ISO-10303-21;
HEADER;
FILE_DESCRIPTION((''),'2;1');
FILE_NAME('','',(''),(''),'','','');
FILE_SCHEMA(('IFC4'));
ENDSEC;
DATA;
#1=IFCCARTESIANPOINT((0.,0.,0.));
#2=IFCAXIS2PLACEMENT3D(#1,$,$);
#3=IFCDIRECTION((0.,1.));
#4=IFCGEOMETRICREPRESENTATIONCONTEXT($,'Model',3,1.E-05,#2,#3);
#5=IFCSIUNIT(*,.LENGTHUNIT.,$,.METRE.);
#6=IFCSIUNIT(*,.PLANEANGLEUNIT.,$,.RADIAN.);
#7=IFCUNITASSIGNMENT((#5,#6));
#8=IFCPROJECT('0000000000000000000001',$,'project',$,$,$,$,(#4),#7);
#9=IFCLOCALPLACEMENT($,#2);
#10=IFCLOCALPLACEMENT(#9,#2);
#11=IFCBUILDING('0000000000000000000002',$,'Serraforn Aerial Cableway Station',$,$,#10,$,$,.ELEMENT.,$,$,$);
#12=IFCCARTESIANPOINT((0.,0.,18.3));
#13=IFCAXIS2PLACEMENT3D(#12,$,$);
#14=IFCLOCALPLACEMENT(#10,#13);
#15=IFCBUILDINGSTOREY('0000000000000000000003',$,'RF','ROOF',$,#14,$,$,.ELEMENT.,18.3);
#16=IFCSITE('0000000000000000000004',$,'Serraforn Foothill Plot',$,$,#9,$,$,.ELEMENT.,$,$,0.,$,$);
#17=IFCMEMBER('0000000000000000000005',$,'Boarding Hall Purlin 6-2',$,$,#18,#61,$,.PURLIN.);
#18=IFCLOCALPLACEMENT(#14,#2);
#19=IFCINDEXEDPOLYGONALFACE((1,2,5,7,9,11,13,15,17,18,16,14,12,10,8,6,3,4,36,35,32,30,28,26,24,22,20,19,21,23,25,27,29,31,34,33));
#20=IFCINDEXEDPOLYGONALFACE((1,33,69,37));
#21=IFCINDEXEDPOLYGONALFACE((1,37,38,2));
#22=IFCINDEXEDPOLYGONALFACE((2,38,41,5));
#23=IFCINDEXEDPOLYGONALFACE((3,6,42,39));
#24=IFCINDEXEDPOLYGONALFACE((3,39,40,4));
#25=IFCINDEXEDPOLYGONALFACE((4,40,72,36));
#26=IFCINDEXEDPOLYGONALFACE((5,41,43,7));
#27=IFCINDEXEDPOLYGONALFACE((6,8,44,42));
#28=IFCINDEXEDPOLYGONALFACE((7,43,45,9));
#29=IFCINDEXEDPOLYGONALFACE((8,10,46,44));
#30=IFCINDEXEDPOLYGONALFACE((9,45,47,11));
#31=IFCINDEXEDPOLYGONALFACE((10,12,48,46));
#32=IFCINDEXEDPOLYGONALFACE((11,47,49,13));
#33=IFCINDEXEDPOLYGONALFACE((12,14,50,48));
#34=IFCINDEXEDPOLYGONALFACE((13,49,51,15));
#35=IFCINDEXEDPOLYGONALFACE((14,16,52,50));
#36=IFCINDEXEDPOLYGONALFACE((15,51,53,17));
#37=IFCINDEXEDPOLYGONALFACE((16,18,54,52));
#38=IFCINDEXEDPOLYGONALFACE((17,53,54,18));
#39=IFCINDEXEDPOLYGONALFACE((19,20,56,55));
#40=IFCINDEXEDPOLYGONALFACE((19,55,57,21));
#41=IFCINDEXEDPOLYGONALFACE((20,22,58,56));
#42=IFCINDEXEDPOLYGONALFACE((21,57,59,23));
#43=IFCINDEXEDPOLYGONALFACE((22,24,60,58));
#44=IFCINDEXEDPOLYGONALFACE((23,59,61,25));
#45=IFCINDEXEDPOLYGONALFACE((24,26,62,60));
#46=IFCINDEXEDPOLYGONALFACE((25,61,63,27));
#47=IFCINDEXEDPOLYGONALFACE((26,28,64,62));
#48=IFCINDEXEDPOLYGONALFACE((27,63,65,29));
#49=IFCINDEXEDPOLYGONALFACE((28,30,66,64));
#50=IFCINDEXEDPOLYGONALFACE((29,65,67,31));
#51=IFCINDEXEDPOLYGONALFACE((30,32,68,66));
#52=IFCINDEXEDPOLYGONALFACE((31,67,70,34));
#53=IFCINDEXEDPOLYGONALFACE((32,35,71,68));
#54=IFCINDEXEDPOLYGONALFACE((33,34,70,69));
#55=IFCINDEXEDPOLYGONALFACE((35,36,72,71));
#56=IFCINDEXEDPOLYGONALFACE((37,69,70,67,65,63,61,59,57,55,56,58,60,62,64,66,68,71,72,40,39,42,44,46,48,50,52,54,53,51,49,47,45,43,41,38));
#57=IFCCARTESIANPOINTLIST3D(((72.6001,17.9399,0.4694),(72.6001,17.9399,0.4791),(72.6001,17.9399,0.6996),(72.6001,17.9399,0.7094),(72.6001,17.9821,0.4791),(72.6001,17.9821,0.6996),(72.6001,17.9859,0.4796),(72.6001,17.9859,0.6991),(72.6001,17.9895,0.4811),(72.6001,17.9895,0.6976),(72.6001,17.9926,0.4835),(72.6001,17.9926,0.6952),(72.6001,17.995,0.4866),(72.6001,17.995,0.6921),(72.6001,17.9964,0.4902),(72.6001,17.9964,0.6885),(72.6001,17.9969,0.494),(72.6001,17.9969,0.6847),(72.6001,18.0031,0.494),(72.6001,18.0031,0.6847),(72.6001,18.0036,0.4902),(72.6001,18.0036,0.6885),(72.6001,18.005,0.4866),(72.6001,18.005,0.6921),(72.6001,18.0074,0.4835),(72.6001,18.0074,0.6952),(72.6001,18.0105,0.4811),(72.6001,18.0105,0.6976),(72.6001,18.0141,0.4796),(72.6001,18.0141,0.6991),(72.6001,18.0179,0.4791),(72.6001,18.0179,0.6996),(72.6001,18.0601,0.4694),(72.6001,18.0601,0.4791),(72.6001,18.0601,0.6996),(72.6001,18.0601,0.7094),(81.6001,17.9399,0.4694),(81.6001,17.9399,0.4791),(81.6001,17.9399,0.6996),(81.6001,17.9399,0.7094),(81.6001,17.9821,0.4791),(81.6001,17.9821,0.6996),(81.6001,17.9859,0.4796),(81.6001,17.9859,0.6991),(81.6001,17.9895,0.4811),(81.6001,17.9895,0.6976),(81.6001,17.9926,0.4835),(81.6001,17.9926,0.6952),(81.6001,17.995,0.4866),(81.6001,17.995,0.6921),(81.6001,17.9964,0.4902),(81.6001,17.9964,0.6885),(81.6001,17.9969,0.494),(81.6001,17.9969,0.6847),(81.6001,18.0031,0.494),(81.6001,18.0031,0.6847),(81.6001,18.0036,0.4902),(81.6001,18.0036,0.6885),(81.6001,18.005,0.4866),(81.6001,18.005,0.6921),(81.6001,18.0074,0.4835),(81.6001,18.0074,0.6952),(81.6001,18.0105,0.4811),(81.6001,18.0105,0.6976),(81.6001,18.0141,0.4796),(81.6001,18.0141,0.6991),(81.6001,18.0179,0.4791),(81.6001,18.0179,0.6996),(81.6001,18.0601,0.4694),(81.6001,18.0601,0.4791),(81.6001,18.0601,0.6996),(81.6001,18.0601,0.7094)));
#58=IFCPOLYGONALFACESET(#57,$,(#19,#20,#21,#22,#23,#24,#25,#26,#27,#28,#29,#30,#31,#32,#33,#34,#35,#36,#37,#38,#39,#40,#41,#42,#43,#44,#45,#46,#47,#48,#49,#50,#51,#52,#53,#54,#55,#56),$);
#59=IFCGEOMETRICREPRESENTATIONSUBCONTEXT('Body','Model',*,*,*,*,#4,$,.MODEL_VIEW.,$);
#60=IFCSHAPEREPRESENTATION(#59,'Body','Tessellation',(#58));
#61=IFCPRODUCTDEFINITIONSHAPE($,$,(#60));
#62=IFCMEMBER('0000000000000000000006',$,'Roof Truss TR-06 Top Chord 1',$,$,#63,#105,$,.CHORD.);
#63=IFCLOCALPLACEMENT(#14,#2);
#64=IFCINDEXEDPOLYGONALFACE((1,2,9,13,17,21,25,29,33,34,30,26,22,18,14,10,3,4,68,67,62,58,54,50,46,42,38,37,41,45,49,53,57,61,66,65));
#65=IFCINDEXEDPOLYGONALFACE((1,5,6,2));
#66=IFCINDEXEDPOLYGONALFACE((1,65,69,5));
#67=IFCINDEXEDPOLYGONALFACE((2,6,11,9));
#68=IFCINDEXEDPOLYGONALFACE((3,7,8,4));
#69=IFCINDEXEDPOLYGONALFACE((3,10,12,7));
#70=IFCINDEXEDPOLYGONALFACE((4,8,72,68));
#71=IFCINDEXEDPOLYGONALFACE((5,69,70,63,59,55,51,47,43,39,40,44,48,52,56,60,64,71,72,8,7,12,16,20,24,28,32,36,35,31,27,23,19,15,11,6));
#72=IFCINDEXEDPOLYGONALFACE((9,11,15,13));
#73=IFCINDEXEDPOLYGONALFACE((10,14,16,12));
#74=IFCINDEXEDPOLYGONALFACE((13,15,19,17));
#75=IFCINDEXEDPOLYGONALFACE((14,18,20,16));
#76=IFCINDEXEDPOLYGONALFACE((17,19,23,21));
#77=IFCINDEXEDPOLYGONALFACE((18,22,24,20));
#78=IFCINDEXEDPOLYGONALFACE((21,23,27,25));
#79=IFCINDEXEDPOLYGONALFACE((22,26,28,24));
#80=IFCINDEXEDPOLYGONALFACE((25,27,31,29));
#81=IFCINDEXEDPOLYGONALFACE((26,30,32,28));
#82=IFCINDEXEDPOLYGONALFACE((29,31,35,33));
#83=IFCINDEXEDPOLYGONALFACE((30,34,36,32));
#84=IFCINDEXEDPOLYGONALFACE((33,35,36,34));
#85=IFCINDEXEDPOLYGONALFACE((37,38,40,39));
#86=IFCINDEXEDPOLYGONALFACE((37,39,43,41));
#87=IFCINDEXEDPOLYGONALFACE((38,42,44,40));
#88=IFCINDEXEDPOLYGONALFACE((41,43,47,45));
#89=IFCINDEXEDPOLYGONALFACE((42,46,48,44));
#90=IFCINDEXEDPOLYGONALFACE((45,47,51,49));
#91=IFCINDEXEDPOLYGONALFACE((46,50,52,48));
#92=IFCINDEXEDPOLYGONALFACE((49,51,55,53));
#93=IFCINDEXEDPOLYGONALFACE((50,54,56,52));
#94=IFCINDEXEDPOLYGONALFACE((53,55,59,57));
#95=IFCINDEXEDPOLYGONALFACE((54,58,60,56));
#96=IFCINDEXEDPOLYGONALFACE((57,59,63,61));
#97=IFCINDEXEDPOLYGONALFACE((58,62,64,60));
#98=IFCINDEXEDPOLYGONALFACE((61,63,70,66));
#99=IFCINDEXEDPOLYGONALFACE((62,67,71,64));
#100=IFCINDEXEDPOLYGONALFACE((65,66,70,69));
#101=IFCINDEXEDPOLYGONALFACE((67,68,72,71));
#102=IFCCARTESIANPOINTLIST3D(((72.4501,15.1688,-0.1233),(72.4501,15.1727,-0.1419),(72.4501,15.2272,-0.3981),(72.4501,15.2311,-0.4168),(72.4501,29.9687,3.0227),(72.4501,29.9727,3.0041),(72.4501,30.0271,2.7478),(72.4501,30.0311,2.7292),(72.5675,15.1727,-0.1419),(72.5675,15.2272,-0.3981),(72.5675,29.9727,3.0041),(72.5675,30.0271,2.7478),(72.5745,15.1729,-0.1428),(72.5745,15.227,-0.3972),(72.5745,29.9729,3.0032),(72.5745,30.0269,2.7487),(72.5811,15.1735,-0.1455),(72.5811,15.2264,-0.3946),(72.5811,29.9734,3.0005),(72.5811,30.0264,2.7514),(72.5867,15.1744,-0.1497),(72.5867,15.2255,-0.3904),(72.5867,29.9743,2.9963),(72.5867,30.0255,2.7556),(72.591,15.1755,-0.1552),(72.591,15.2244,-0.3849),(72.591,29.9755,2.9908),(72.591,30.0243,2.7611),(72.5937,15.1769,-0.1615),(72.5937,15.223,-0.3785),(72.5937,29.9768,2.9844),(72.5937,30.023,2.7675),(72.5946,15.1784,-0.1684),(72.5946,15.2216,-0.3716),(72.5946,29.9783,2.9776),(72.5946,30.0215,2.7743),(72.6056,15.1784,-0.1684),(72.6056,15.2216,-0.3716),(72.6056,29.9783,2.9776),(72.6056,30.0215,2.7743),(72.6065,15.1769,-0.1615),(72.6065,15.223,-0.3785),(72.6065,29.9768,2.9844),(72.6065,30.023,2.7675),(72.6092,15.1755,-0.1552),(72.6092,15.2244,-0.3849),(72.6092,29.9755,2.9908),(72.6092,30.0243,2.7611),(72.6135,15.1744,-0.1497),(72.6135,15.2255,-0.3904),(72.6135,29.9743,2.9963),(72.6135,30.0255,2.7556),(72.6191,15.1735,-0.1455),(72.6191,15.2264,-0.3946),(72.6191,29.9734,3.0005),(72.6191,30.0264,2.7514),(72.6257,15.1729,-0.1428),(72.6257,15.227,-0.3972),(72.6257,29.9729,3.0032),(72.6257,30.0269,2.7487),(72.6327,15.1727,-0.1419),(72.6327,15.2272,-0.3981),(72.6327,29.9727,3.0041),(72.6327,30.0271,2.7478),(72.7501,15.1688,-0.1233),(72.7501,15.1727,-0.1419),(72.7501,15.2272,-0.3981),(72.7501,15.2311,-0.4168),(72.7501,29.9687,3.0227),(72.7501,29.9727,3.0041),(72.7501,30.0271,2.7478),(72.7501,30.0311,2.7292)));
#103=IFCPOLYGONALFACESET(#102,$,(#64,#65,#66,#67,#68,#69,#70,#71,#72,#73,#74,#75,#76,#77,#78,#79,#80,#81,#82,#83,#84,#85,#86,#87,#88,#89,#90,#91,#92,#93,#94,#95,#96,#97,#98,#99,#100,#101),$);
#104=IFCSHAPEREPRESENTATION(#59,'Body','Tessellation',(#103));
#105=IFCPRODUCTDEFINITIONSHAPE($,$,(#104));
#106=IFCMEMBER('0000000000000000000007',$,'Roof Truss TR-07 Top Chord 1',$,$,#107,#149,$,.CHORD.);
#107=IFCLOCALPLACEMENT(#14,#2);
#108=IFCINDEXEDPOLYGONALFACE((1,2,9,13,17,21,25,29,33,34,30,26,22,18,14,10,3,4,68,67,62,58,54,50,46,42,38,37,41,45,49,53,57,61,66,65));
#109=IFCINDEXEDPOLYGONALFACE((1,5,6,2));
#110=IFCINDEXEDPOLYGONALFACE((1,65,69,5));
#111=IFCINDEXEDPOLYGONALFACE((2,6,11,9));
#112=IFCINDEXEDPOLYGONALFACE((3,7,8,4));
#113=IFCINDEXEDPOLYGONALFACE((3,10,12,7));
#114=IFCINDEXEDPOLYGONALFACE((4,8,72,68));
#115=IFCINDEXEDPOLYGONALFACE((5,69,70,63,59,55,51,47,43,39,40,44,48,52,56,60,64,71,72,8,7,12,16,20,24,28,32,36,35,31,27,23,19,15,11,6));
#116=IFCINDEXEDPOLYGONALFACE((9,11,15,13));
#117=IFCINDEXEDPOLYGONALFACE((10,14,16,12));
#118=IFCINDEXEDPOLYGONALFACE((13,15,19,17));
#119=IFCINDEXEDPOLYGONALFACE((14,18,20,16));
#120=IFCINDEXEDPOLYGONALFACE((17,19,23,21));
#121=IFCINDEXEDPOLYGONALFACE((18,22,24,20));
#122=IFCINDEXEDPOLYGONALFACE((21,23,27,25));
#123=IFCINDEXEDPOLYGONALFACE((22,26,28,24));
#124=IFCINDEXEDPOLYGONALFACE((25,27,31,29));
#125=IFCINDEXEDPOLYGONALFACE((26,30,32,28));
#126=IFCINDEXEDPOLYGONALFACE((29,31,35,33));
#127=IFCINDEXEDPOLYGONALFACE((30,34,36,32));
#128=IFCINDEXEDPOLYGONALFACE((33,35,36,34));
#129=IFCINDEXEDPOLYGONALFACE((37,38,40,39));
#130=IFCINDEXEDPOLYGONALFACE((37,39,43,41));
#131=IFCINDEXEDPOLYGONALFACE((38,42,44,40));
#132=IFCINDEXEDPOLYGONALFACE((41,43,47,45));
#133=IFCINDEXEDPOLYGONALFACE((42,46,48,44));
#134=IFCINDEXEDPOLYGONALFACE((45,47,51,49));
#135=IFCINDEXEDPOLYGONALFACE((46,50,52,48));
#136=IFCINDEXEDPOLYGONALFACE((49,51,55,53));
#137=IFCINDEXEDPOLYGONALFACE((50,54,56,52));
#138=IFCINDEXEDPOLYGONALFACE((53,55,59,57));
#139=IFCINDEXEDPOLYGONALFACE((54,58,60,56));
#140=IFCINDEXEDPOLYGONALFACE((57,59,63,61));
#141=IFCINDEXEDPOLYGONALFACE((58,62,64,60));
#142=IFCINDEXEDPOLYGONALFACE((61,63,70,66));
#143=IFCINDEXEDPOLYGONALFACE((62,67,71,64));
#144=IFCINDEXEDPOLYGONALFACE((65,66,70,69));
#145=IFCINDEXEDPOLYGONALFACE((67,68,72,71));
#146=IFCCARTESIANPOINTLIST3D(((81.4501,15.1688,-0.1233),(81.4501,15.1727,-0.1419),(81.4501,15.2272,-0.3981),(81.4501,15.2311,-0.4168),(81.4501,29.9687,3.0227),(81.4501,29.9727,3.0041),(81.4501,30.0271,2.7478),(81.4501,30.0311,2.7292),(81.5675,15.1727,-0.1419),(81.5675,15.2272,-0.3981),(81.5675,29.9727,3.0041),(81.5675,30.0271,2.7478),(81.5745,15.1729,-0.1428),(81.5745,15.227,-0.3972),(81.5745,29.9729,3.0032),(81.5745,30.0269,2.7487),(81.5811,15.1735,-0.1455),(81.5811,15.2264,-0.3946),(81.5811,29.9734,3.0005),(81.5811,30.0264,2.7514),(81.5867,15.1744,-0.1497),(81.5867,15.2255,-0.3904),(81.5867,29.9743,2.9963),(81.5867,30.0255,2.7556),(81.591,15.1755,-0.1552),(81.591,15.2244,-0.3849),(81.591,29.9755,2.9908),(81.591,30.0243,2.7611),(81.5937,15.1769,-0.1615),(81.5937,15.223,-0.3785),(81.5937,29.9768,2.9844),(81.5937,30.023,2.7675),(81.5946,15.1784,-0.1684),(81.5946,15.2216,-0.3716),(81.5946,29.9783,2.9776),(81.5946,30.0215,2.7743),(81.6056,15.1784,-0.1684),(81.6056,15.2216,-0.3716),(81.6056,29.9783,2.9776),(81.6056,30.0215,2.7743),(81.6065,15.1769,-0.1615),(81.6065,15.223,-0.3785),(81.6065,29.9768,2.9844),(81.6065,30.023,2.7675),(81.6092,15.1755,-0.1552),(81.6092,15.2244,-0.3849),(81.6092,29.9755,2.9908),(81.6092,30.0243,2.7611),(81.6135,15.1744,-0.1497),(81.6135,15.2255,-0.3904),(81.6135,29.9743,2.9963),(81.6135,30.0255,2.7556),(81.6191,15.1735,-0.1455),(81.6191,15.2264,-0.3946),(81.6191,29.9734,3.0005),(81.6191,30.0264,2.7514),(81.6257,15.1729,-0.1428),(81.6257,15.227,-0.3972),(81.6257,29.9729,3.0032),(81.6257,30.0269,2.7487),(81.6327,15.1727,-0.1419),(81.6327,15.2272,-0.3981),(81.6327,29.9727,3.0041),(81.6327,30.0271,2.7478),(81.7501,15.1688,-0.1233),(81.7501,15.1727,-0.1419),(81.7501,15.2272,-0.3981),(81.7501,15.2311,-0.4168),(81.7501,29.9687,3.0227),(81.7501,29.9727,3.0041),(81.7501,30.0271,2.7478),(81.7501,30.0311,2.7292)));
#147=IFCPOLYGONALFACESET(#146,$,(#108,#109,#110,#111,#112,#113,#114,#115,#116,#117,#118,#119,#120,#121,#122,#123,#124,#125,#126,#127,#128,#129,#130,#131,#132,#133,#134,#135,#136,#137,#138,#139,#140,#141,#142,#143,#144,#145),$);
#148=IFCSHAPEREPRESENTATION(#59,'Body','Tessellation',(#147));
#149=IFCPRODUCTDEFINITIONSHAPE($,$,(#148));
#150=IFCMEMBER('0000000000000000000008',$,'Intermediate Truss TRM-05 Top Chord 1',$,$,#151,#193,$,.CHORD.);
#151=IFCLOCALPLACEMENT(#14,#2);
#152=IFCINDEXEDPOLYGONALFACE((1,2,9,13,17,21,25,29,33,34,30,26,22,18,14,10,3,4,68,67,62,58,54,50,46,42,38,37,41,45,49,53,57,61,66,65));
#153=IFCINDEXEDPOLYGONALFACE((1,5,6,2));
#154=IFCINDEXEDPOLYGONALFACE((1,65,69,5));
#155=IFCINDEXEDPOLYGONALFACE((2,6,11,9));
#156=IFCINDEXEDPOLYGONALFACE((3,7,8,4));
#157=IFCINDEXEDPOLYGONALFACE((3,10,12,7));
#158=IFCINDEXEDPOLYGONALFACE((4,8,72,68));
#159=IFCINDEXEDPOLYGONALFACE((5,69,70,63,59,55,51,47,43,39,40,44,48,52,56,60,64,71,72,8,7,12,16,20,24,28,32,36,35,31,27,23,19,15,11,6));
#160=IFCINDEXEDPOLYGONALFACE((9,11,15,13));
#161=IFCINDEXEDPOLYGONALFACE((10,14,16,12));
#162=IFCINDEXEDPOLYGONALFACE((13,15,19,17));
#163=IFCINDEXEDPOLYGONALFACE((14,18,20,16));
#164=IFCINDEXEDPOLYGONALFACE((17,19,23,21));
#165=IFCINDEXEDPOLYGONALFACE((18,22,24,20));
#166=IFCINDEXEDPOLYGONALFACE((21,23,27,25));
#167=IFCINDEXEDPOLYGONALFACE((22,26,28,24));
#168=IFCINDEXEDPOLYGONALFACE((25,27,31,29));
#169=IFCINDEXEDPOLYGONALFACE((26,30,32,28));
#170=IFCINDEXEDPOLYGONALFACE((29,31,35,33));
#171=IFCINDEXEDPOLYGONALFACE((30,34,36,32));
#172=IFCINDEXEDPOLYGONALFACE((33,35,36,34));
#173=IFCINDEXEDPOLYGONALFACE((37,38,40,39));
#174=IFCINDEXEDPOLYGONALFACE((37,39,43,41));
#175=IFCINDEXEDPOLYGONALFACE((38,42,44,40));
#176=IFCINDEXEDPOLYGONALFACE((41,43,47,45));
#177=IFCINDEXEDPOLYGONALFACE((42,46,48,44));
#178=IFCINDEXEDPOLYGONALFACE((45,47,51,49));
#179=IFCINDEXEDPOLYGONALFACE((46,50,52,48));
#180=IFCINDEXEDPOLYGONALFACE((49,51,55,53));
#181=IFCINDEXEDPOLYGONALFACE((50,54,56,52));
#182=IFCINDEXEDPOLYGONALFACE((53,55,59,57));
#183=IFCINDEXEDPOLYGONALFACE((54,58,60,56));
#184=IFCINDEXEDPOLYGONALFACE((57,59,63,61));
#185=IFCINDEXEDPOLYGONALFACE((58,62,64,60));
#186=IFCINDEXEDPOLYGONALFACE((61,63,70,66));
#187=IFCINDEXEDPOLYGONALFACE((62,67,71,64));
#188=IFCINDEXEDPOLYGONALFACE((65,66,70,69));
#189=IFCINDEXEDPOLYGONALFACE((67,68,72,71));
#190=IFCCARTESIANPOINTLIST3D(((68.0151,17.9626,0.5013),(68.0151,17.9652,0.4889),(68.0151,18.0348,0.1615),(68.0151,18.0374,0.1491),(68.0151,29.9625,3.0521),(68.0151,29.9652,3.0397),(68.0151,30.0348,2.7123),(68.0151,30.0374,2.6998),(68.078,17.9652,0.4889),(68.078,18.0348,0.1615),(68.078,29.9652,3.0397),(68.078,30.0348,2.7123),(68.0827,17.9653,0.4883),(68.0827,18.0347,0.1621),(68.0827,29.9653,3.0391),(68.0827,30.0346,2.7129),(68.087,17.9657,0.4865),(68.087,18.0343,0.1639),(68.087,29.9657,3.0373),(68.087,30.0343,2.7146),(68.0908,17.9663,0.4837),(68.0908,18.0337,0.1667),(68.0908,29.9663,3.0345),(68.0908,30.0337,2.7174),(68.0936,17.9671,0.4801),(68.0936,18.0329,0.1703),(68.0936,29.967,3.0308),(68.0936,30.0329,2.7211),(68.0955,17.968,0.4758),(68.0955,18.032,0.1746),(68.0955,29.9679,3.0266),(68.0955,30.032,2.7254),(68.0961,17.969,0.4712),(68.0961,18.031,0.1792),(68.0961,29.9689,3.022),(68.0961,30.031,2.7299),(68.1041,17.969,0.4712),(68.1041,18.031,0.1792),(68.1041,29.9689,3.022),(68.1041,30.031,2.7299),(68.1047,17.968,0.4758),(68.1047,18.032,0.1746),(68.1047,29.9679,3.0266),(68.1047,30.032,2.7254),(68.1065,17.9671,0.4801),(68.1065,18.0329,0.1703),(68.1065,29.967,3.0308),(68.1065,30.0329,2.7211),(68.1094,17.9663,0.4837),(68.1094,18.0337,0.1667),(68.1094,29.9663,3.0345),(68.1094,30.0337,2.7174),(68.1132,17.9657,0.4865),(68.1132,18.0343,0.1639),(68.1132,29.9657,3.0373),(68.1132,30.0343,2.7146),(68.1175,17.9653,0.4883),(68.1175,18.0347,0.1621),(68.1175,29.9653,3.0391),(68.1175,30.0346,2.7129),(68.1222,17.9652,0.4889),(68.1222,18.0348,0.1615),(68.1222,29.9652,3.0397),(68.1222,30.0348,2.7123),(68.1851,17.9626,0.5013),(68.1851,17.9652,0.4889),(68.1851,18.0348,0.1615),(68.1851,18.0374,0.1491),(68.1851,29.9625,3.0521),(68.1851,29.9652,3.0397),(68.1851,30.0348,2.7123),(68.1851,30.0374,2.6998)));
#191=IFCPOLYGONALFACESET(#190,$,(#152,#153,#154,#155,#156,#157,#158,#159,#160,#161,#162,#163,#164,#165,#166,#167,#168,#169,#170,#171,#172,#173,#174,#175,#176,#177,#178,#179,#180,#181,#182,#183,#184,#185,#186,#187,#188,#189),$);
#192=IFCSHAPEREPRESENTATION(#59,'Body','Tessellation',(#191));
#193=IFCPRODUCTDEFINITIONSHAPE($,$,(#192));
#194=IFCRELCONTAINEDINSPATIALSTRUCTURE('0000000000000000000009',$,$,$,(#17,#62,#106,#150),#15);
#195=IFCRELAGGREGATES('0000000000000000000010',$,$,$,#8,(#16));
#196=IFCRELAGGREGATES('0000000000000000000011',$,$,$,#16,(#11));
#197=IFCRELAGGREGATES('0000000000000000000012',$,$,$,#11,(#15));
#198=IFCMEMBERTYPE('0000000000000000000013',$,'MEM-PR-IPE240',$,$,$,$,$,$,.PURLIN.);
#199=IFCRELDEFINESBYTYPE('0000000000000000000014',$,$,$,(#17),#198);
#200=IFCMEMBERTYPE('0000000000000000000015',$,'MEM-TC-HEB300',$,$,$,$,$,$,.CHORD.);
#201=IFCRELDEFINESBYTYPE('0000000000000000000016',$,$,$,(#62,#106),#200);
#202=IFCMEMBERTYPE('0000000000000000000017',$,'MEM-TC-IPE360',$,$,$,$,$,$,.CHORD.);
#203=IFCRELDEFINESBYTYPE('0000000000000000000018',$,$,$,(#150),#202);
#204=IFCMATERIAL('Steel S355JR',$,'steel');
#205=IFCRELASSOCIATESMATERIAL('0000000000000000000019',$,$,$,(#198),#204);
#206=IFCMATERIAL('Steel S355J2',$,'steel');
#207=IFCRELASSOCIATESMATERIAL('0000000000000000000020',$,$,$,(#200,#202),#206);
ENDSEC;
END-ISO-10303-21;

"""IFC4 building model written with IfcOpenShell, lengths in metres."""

from ifc_helpers import new_model, si_unit, direction, frame, origin, origin_2d, place, context, subcontext, project, spatial, i_section, extrude, material, material_profile, profile_set, type_object, element, save


model = new_model("IFC4")

# Units and contexts
model_context = context("Model", 3, precision=1e-05, world=origin(), true_north=direction((0.0, 1.0)))
body_context = subcontext(model_context, "Body", "Model", "MODEL_VIEW")
ifc_project = project(units=[si_unit("LENGTHUNIT", "METRE"), si_unit("PLANEANGLEUNIT", "RADIAN")], contexts=[model_context])

# Site, building, storey
site_placement = place(None, origin())
site = spatial("IfcSite", under=ifc_project, at=site_placement, Name="Serraforn Foothill Plot", CompositionType="ELEMENT", RefElevation=0.0)
building_placement = place(site_placement, origin())
building = spatial("IfcBuilding", under=site, at=building_placement, Name="Serraforn Aerial Cableway Station", CompositionType="ELEMENT")
storey_placement = place(building_placement, frame((0.0, 0.0, 18.3)))
storey = spatial("IfcBuildingStorey", under=building, at=storey_placement, Name="RF", Description="ROOF", CompositionType="ELEMENT", Elevation=18.3)

# Shared definitions
ifc_material_1 = material(Name="Steel S355J2", Category="steel")

# Members
ifc_material_2 = material(Name="Steel S355JR", Category="steel")
ifc_material_profile_1 = material_profile(ifc_material_2, i_section(OverallWidth=0.1201, OverallDepth=0.24, WebThickness=0.0061, FlangeThickness=0.0098, FilletRadius=0.0149, at=origin_2d()), Name="IPE 240")
ifc_profile_set_1 = profile_set([ifc_material_profile_1], Name="Steel S355JR")
member_type_1 = type_object("IfcMemberType", Name="MEM-PR-IPE240", PredefinedType="PURLIN", material=ifc_profile_set_1)
member_1_placement = place(storey_placement, frame((72.6001, 18.0, 0.5894), z_axis=(1.0, 0.0, 0.0), x_axis=(0.0, 1.0, 0.0)))
element("IfcMember", 1, at=member_1_placement, inside=storey, type_object=member_type_1, Name="Boarding Hall Purlin 6-2", PredefinedType="PURLIN", context=body_context, shape_type="SweptSolid", body=[
    extrude(i_section(OverallWidth=0.1201, OverallDepth=0.24, WebThickness=0.0061, FlangeThickness=0.0098, FilletRadius=0.0149, at=origin_2d()), origin(), (0.0, 0.0, 1.0), 9.0),
])
ifc_material_profile_2 = material_profile(ifc_material_1, i_section(OverallWidth=0.3, OverallDepth=0.3, WebThickness=0.011, FlangeThickness=0.019, FilletRadius=0.0271, at=origin_2d()), Name="HEB 300")
ifc_profile_set_2 = profile_set([ifc_material_profile_2], Name="Steel S355J2")
member_type_2 = type_object("IfcMemberType", Name="MEM-TC-HEB300", PredefinedType="CHORD", material=ifc_profile_set_2)
for number, where, z_axis, x_axis, name in (
    (2, (72.6001, 15.2, -0.27), (0.0, 0.978146, 0.207921), (-1.0, 0.0, 0.0), "Roof Truss TR-06 Top Chord 1"),
    (3, (81.6001, 15.2, -0.27), (0.0, 0.978146, 0.207921), (-1.0, 0.0, 0.0), "Roof Truss TR-07 Top Chord 1"),
):
    element("IfcMember", number, at=place(storey_placement, frame(where, z_axis=z_axis, x_axis=x_axis)), inside=storey, type_object=member_type_2, Name=name, PredefinedType="CHORD", context=body_context, shape_type="SweptSolid", body=[
        extrude(i_section(OverallWidth=0.3, OverallDepth=0.3, WebThickness=0.011, FlangeThickness=0.019, FilletRadius=0.0271, at=origin_2d()), origin(), (0.0, 0.0, 1.0), 15.1306),
    ])
ifc_material_profile_3 = material_profile(ifc_material_1, i_section(OverallWidth=0.1699, OverallDepth=0.3601, WebThickness=0.0081, FlangeThickness=0.0127, FilletRadius=0.0181, at=origin_2d()), Name="IPE 360")
ifc_profile_set_3 = profile_set([ifc_material_profile_3], Name="Steel S355J2")
member_type_3 = type_object("IfcMemberType", Name="MEM-TC-IPE360", PredefinedType="CHORD", material=ifc_profile_set_3)
member_2_placement = place(storey_placement, frame((68.1001, 18.0, 0.3252), z_axis=(0.0, 0.978146, 0.20792), x_axis=(-1.0, 0.0, 0.0)))
element("IfcMember", 4, at=member_2_placement, inside=storey, type_object=member_type_3, Name="Intermediate Truss TRM-05 Top Chord 1", PredefinedType="CHORD", context=body_context, shape_type="SweptSolid", body=[
    extrude(i_section(OverallWidth=0.1699, OverallDepth=0.3601, WebThickness=0.0081, FlangeThickness=0.0127, FilletRadius=0.0181, at=origin_2d()), origin(), (0.0, 0.0, 1.0), 12.2681),
])

save(model, "model.ifc")
